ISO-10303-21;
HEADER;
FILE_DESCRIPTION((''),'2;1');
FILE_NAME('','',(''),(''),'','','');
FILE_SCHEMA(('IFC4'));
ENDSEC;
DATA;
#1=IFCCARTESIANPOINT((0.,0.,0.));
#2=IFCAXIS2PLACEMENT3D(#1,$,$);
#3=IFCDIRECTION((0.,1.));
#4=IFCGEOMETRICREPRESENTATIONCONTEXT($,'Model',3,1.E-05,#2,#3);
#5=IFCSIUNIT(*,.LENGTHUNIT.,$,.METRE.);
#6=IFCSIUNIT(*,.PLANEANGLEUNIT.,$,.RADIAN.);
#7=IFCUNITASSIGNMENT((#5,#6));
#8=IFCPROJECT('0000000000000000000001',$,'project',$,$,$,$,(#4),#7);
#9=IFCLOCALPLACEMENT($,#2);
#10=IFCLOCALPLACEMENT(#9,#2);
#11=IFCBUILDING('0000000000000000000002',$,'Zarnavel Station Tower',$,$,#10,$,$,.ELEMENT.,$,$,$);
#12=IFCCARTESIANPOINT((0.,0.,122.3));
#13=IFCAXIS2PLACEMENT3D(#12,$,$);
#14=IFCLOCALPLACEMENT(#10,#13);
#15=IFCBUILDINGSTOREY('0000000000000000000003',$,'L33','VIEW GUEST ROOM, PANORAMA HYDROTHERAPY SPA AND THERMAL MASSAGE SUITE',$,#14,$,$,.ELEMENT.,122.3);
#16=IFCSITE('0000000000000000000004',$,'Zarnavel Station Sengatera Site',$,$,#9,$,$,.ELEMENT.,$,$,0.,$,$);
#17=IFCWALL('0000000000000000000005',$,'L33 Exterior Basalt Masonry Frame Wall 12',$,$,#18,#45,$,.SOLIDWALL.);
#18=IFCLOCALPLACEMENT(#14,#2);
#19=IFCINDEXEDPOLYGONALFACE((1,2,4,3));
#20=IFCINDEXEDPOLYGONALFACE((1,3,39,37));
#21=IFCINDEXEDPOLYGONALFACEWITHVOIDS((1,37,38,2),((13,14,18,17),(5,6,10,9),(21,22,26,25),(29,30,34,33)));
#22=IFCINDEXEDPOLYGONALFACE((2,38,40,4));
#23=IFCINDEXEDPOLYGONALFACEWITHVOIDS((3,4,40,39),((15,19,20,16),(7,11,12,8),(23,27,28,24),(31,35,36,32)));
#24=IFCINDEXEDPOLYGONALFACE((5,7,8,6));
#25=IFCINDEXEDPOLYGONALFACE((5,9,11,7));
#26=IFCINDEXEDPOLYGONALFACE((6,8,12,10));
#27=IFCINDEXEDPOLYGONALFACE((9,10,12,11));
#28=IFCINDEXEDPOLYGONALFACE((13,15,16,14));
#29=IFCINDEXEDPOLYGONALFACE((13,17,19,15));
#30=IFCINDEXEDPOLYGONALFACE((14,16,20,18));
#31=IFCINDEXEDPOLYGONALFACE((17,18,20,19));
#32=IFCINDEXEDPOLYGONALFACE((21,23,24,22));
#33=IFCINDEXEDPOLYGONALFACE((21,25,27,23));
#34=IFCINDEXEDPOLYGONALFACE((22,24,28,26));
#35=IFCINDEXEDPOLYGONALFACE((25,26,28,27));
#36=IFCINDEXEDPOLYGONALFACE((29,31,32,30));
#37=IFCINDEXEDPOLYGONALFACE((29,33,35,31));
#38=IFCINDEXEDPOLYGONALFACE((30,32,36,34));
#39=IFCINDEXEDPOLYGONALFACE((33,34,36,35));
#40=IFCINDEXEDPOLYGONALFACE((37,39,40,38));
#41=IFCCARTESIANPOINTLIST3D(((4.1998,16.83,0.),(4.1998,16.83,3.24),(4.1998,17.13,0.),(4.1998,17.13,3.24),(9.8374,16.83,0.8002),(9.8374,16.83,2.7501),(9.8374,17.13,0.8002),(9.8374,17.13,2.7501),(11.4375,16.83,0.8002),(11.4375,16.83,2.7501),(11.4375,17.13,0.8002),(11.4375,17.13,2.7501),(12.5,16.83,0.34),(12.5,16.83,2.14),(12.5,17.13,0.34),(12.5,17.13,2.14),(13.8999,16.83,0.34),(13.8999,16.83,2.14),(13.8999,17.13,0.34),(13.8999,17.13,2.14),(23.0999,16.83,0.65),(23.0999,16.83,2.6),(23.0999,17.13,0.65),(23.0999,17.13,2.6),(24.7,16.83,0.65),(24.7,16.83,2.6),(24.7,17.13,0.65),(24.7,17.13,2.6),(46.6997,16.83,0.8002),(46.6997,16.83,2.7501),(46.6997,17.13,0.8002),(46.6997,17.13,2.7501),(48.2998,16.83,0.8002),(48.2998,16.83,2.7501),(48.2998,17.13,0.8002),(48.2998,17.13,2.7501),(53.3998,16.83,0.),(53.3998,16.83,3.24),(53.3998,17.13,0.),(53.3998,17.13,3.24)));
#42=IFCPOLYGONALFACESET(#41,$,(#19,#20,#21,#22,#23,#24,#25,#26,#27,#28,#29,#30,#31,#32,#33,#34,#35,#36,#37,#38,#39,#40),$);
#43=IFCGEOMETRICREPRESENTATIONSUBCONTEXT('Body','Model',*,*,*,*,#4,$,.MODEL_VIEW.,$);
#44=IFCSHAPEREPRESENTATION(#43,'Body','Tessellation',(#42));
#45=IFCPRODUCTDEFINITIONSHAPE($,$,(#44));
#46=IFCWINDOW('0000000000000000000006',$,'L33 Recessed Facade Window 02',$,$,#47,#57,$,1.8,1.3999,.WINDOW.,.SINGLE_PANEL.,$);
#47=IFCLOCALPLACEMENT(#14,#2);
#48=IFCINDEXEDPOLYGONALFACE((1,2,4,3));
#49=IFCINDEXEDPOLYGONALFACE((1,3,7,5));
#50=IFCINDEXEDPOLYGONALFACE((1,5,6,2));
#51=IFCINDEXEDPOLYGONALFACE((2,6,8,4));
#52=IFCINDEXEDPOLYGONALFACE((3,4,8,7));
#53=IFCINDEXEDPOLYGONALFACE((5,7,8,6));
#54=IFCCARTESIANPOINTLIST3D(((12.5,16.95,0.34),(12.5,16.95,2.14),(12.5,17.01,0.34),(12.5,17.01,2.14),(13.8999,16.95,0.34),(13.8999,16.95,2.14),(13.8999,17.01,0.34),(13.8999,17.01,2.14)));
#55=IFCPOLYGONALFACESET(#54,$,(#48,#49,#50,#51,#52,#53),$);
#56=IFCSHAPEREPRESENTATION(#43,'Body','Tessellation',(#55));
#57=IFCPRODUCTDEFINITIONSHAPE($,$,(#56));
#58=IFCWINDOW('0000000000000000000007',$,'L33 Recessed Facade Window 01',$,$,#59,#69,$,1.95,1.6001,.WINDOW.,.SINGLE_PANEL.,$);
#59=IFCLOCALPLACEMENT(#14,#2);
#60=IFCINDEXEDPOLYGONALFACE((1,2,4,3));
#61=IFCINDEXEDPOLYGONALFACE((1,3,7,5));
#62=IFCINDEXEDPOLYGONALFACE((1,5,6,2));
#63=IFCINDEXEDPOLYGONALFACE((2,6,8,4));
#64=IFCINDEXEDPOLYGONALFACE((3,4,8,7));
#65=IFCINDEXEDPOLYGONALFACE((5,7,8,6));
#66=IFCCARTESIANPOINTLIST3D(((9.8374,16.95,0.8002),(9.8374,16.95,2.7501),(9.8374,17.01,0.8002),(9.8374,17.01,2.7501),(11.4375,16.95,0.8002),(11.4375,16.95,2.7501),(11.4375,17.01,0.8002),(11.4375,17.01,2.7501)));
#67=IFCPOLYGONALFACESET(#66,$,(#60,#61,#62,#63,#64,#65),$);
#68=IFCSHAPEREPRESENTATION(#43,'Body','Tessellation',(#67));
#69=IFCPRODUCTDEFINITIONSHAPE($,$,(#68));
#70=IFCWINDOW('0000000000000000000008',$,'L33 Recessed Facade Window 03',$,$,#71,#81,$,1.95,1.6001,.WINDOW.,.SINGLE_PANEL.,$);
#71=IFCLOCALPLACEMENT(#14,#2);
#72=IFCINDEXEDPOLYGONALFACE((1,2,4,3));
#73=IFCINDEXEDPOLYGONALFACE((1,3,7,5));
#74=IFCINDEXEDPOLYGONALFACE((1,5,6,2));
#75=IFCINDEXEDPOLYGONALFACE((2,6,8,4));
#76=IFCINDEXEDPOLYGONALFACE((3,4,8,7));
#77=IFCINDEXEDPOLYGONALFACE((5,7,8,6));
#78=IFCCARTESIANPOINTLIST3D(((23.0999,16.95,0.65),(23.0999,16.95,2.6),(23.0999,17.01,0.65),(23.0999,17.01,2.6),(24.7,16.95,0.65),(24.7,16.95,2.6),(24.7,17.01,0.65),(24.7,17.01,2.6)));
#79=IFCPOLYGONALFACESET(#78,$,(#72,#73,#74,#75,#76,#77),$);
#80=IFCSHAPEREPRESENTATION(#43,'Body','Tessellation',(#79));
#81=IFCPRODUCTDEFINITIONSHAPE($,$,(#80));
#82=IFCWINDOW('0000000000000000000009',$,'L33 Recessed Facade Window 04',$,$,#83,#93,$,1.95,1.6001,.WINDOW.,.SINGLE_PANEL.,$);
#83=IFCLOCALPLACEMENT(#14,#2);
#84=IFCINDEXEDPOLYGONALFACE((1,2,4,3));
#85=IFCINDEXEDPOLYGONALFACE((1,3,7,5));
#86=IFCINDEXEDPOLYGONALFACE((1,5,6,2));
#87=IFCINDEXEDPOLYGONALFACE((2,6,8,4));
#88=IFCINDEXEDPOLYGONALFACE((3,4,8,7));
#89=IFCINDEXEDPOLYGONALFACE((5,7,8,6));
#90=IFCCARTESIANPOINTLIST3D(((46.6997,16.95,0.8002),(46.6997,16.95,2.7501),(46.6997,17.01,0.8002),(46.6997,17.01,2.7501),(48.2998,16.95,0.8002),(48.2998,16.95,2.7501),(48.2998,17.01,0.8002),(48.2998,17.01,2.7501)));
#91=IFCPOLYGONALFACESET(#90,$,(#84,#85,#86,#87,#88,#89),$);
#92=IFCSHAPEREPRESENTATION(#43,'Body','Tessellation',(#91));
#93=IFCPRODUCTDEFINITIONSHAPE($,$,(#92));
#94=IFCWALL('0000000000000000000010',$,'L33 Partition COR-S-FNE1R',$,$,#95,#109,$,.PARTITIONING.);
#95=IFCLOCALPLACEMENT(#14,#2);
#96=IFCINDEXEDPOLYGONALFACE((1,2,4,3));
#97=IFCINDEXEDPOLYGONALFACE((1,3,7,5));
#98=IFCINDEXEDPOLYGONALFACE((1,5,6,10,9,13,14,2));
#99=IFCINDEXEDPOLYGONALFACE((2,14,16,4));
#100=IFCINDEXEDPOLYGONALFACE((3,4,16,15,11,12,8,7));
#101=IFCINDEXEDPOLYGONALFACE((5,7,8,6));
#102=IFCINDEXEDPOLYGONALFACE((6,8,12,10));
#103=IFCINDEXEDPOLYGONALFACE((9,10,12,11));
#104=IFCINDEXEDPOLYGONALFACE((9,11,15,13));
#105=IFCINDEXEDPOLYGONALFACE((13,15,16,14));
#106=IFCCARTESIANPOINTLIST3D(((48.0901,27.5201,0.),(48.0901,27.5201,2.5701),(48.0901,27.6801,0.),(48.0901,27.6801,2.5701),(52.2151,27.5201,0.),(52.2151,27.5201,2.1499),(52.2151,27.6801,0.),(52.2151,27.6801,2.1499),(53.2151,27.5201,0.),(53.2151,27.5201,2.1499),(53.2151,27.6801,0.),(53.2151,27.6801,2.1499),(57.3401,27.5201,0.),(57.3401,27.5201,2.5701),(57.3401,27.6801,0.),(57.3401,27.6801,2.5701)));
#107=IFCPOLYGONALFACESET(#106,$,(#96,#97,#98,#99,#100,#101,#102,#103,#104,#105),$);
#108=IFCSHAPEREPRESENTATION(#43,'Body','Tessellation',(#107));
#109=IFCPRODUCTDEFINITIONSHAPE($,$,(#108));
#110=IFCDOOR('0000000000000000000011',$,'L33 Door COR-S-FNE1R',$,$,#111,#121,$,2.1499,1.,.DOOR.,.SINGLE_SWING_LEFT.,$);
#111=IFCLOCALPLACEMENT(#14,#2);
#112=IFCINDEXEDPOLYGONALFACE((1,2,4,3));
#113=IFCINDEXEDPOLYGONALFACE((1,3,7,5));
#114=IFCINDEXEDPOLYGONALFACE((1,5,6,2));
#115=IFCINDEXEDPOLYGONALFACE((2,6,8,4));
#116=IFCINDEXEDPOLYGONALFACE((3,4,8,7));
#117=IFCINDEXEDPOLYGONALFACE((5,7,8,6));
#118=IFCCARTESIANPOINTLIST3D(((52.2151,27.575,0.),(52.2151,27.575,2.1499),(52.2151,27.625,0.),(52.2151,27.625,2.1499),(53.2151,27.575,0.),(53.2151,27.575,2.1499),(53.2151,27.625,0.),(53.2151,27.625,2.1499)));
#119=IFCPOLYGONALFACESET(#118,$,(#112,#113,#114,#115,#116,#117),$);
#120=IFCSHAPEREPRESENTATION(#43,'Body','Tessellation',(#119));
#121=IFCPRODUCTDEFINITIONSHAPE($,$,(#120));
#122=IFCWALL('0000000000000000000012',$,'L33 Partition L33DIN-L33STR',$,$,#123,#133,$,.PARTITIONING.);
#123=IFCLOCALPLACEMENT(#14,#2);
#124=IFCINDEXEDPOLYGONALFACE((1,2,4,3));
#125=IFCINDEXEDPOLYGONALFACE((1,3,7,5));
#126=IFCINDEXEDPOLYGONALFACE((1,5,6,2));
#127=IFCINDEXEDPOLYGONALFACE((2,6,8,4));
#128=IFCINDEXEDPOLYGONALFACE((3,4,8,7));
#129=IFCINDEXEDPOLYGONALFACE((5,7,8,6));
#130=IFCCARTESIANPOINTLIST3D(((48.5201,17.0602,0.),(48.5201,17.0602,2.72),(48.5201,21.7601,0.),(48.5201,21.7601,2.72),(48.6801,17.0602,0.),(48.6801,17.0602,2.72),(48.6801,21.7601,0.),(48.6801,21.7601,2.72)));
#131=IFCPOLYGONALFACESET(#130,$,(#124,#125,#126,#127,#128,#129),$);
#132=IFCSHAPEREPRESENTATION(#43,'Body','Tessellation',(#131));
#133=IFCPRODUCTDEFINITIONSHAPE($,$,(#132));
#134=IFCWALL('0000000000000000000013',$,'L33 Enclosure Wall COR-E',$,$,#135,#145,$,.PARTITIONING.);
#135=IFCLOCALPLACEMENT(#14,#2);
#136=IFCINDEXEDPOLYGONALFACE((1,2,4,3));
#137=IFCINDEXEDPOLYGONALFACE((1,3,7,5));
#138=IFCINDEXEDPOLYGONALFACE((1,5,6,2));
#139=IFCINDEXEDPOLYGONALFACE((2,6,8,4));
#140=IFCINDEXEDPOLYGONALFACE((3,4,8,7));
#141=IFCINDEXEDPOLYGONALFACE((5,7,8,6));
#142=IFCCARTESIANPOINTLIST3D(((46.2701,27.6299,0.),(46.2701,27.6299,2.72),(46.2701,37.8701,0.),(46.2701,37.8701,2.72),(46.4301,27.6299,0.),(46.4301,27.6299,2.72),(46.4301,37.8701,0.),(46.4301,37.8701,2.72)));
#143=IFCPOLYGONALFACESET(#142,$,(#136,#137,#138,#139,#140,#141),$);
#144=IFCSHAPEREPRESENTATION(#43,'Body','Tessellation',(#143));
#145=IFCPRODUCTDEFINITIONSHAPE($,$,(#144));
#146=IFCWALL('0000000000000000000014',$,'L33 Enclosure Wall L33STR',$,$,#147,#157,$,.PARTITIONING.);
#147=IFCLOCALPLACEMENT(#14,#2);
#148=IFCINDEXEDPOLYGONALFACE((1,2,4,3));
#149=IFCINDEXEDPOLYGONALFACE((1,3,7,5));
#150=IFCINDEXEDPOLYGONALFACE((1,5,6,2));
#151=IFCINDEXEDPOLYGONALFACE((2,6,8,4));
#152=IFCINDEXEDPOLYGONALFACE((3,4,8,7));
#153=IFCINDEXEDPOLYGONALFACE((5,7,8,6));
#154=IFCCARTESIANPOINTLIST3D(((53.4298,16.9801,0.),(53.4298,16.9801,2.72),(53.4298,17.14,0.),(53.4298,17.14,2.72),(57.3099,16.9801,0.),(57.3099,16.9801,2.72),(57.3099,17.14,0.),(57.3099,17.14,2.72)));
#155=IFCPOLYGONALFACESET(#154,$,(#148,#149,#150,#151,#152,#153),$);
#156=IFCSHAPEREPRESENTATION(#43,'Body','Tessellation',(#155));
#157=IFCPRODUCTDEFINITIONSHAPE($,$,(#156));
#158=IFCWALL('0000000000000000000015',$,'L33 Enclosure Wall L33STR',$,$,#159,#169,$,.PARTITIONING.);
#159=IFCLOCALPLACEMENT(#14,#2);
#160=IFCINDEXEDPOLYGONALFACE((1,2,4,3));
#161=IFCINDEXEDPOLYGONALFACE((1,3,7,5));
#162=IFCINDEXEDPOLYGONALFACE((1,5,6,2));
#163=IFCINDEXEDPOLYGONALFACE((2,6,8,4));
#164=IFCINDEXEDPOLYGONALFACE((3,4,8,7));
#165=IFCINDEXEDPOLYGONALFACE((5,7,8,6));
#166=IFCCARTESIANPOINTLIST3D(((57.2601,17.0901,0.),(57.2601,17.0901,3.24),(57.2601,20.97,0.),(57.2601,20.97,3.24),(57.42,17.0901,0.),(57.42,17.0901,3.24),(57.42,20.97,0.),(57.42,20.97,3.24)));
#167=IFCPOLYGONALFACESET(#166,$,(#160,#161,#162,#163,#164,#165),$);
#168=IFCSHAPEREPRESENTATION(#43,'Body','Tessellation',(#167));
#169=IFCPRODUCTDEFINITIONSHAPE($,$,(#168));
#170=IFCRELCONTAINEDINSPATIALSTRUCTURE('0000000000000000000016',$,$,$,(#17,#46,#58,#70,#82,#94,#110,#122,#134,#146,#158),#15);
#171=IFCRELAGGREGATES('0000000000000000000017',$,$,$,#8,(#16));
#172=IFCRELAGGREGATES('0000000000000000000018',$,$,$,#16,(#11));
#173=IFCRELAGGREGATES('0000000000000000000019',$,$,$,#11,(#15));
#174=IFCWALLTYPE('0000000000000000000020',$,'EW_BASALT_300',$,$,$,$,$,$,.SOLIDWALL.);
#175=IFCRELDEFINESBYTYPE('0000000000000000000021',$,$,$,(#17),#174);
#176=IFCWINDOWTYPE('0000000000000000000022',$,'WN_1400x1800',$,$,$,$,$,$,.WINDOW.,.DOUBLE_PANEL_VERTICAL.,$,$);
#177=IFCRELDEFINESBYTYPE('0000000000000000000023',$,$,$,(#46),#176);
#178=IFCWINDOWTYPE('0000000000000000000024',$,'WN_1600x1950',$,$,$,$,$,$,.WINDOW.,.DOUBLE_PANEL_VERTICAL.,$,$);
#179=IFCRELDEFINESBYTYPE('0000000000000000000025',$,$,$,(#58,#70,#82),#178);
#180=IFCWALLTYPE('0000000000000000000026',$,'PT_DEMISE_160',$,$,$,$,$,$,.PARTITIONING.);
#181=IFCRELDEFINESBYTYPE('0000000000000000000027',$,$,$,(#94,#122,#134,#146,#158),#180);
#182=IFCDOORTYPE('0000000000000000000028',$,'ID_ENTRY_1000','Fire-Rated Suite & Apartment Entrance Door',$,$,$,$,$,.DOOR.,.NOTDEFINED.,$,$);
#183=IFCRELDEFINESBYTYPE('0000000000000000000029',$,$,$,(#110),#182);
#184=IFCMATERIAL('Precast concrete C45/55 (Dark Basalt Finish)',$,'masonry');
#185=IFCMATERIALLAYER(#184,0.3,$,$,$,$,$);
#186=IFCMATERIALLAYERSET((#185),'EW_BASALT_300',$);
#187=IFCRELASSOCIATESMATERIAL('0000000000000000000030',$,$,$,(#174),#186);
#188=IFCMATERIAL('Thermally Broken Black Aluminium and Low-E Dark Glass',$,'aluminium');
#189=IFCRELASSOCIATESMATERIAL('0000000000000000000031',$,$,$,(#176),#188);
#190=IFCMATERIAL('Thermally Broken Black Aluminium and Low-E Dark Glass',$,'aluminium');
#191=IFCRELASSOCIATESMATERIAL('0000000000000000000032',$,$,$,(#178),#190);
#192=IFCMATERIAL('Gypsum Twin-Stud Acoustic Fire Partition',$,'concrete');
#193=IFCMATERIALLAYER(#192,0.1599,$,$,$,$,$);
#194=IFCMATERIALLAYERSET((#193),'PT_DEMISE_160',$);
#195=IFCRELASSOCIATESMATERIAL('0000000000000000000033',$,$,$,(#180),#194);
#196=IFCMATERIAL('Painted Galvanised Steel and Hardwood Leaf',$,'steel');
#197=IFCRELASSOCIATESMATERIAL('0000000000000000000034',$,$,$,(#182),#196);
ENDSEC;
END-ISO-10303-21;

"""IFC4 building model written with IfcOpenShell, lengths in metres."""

from ifc_helpers import new_model, si_unit, direction, frame, frame_2d, origin, place, context, subcontext, project, spatial, rectangle, extrude, material, layer, layer_set, type_object, element, fill, save


model = new_model("IFC4")

# Units and contexts
model_context = context("Model", 3, precision=1e-05, world=origin(), true_north=direction((0.0, 1.0)))
body_context = subcontext(model_context, "Body", "Model", "MODEL_VIEW")
ifc_project = project(units=[si_unit("LENGTHUNIT", "METRE"), si_unit("PLANEANGLEUNIT", "RADIAN")], contexts=[model_context])

# Site, building, storey
site_placement = place(None, origin())
site = spatial("IfcSite", under=ifc_project, at=site_placement, Name="Zarnavel Station Sengatera Site", CompositionType="ELEMENT", RefElevation=0.0)
building_placement = place(site_placement, origin())
building = spatial("IfcBuilding", under=site, at=building_placement, Name="Zarnavel Station Tower", CompositionType="ELEMENT")
storey_placement = place(building_placement, frame((0.0, 0.0, 122.3)))
storey = spatial("IfcBuildingStorey", under=building, at=storey_placement, Name="L33", Description="VIEW GUEST ROOM, PANORAMA HYDROTHERAPY SPA AND THERMAL MASSAGE SUITE", CompositionType="ELEMENT", Elevation=122.3)

# Shared definitions
ifc_material_1 = material(Name="Precast concrete C45/55 (Dark Basalt Finish)", Category="masonry")
ifc_layer_1 = layer(ifc_material_1, 0.3)
ifc_layer_set_1 = layer_set([ifc_layer_1], Name="EW_BASALT_300")
wall_type_1 = type_object("IfcWallType", Name="EW_BASALT_300", PredefinedType="SOLIDWALL", material=ifc_layer_set_1)

# Wall, openings, windows
wall_1_placement = place(storey_placement, frame((53.3999, 16.98, 0.0), z_axis=(0.0, 0.0, 1.0), x_axis=(-1.0, 0.0, 0.0)))
wall_1 = element("IfcWall", 1, at=wall_1_placement, inside=storey, type_object=wall_type_1, Name="L33 Exterior Basalt Masonry Frame Wall 12", PredefinedType="SOLIDWALL", context=body_context, shape_type="SweptSolid", body=[
    extrude(rectangle(XDim=49.2, YDim=0.3, at=frame_2d((24.6001, 0.0))), origin(), (0.0, 0.0, 1.0), 3.24),
])
opening_1_placement = place(wall_1_placement, frame((41.9624, 0.0, 0.8)))
opening_1 = element("IfcOpeningElement", 2, at=opening_1_placement, cuts=wall_1, PredefinedType="OPENING", context=body_context, shape_type="SweptSolid", body=[
    extrude(rectangle(XDim=1.6001, YDim=1.95, at=frame_2d((0.8, 0.9751))), frame((0.0, 0.1599, 0.0), z_axis=(0.0, -1.0, 0.0), x_axis=(1.0, 0.0, 0.0)), (0.0, 0.0, 1.0), 0.3201),
])
opening_2_placement = place(wall_1_placement, frame((39.5, 0.0, 0.3401)))
opening_2 = element("IfcOpeningElement", 3, at=opening_2_placement, cuts=wall_1, PredefinedType="OPENING", context=body_context, shape_type="SweptSolid", body=[
    extrude(rectangle(XDim=1.3999, YDim=1.8, at=frame_2d((0.7, 0.8999))), frame((0.0, 0.1599, 0.0), z_axis=(0.0, -1.0, 0.0), x_axis=(1.0, 0.0, 0.0)), (0.0, 0.0, 1.0), 0.3201),
])
opening_3_placement = place(wall_1_placement, frame((28.7, 0.0, 0.6499)))
opening_3 = element("IfcOpeningElement", 4, at=opening_3_placement, cuts=wall_1, PredefinedType="OPENING", context=body_context, shape_type="SweptSolid", body=[
    extrude(rectangle(XDim=1.6001, YDim=1.95, at=frame_2d((0.8, 0.9751))), frame((0.0, 0.1599, 0.0), z_axis=(0.0, -1.0, 0.0), x_axis=(1.0, 0.0, 0.0)), (0.0, 0.0, 1.0), 0.3201),
])
opening_4_placement = place(wall_1_placement, frame((5.1001, 0.0, 0.8)))
opening_4 = element("IfcOpeningElement", 5, at=opening_4_placement, cuts=wall_1, PredefinedType="OPENING", context=body_context, shape_type="SweptSolid", body=[
    extrude(rectangle(XDim=1.6001, YDim=1.95, at=frame_2d((0.8, 0.9751))), frame((0.0, 0.1599, 0.0), z_axis=(0.0, -1.0, 0.0), x_axis=(1.0, 0.0, 0.0)), (0.0, 0.0, 1.0), 0.3201),
])
ifc_material_2 = material(Name="Thermally Broken Black Aluminium and Low-E Dark Glass", Category="aluminium")
window_type_1 = type_object("IfcWindowType", Name="WN_1400x1800", PartitioningType="DOUBLE_PANEL_VERTICAL", PredefinedType="WINDOW", material=ifc_material_2)
window_1_placement = place(opening_2_placement, origin())
window_1 = element("IfcWindow", 6, at=window_1_placement, inside=storey, type_object=window_type_1, Name="L33 Recessed Facade Window 02", OverallHeight=1.8, OverallWidth=1.3999, PartitioningType="SINGLE_PANEL", PredefinedType="WINDOW", context=body_context, shape_type="SweptSolid", body=[
    extrude(rectangle(XDim=1.3999, YDim=1.8, at=frame_2d((0.7, 0.8999))), frame((0.0, 0.03, 0.0), z_axis=(0.0, -1.0, 0.0), x_axis=(1.0, 0.0, 0.0)), (0.0, 0.0, 1.0), 0.0601),
])
fill(opening_2, window_1)
ifc_material_3 = material(Name="Thermally Broken Black Aluminium and Low-E Dark Glass", Category="aluminium")
window_type_2 = type_object("IfcWindowType", Name="WN_1600x1950", PartitioningType="DOUBLE_PANEL_VERTICAL", PredefinedType="WINDOW", material=ifc_material_3)
window_2_placement = place(opening_1_placement, origin())
window_2 = element("IfcWindow", 7, at=window_2_placement, inside=storey, type_object=window_type_2, Name="L33 Recessed Facade Window 01", OverallHeight=1.95, OverallWidth=1.6001, PartitioningType="SINGLE_PANEL", PredefinedType="WINDOW", context=body_context, shape_type="SweptSolid", body=[
    extrude(rectangle(XDim=1.6001, YDim=1.95, at=frame_2d((0.8, 0.9751))), frame((0.0, 0.03, 0.0), z_axis=(0.0, -1.0, 0.0), x_axis=(1.0, 0.0, 0.0)), (0.0, 0.0, 1.0), 0.0601),
])
fill(opening_1, window_2)
window_3_placement = place(opening_3_placement, origin())
window_3 = element("IfcWindow", 8, at=window_3_placement, inside=storey, type_object=window_type_2, Name="L33 Recessed Facade Window 03", OverallHeight=1.95, OverallWidth=1.6001, PartitioningType="SINGLE_PANEL", PredefinedType="WINDOW", context=body_context, shape_type="SweptSolid", body=[
    extrude(rectangle(XDim=1.6001, YDim=1.95, at=frame_2d((0.8, 0.9751))), frame((0.0, 0.03, 0.0), z_axis=(0.0, -1.0, 0.0), x_axis=(1.0, 0.0, 0.0)), (0.0, 0.0, 1.0), 0.0601),
])
fill(opening_3, window_3)
window_4_placement = place(opening_4_placement, origin())
window_4 = element("IfcWindow", 9, at=window_4_placement, inside=storey, type_object=window_type_2, Name="L33 Recessed Facade Window 04", OverallHeight=1.95, OverallWidth=1.6001, PartitioningType="SINGLE_PANEL", PredefinedType="WINDOW", context=body_context, shape_type="SweptSolid", body=[
    extrude(rectangle(XDim=1.6001, YDim=1.95, at=frame_2d((0.8, 0.9751))), frame((0.0, 0.03, 0.0), z_axis=(0.0, -1.0, 0.0), x_axis=(1.0, 0.0, 0.0)), (0.0, 0.0, 1.0), 0.0601),
])
fill(opening_4, window_4)

# Wall, opening, door
ifc_material_4 = material(Name="Gypsum Twin-Stud Acoustic Fire Partition", Category="concrete")
ifc_layer_2 = layer(ifc_material_4, 0.1599)
ifc_layer_set_2 = layer_set([ifc_layer_2], Name="PT_DEMISE_160")
wall_type_2 = type_object("IfcWallType", Name="PT_DEMISE_160", PredefinedType="PARTITIONING", material=ifc_layer_set_2)
wall_2_placement = place(storey_placement, frame((48.0901, 27.6001, 0.0), z_axis=(0.0, 0.0, 1.0), x_axis=(1.0, 0.0, 0.0)))
wall_2 = element("IfcWall", 10, at=wall_2_placement, inside=storey, type_object=wall_type_2, Name="L33 Partition COR-S-FNE1R", PredefinedType="PARTITIONING", context=body_context, shape_type="SweptSolid", body=[
    extrude(rectangle(XDim=9.25, YDim=0.1599, at=frame_2d((4.625, 0.0))), origin(), (0.0, 0.0, 1.0), 2.5701),
])
opening_5_placement = place(wall_2_placement, frame((4.125, 0.0, 0.0)))
opening_5 = element("IfcOpeningElement", 11, at=opening_5_placement, cuts=wall_2, PredefinedType="OPENING", context=body_context, shape_type="SweptSolid", body=[
    extrude(rectangle(XDim=1.0, YDim=2.1499, at=frame_2d((0.5, 1.075))), frame((0.0, 0.0898, 0.0), z_axis=(0.0, -1.0, 0.0), x_axis=(1.0, 0.0, 0.0)), (0.0, 0.0, 1.0), 0.1799),
])
ifc_material_5 = material(Name="Painted Galvanised Steel and Hardwood Leaf", Category="steel")
door_type = type_object("IfcDoorType", Name="ID_ENTRY_1000", Description="Fire-Rated Suite & Apartment Entrance Door", OperationType="NOTDEFINED", PredefinedType="DOOR", material=ifc_material_5)
door_1_placement = place(opening_5_placement, origin())
door_1 = element("IfcDoor", 12, at=door_1_placement, inside=storey, type_object=door_type, Name="L33 Door COR-S-FNE1R", OperationType="SINGLE_SWING_LEFT", OverallHeight=2.1499, OverallWidth=1.0, PredefinedType="DOOR", context=body_context, shape_type="SweptSolid", body=[
    extrude(rectangle(XDim=1.0, YDim=2.1499, at=frame_2d((0.5, 1.075))), frame((0.0, 0.0249, 0.0), z_axis=(0.0, -1.0, 0.0), x_axis=(1.0, 0.0, 0.0)), (0.0, 0.0, 1.0), 0.05),
])
fill(opening_5, door_1)

# Walls
wall_3_placement = place(storey_placement, frame((48.6001, 17.0601, 0.0), z_axis=(0.0, 0.0, 1.0), x_axis=(0.0, 1.0, 0.0)))
element("IfcWall", 13, at=wall_3_placement, inside=storey, type_object=wall_type_2, Name="L33 Partition L33DIN-L33STR", PredefinedType="PARTITIONING", context=body_context, shape_type="SweptSolid", body=[
    extrude(rectangle(XDim=4.7, YDim=0.1599, at=frame_2d((2.3501, 0.0))), origin(), (0.0, 0.0, 1.0), 2.72),
])
wall_4_placement = place(storey_placement, frame((46.3501, 27.6299, 0.0), z_axis=(0.0, 0.0, 1.0), x_axis=(0.0, 1.0, 0.0)))
element("IfcWall", 14, at=wall_4_placement, inside=storey, type_object=wall_type_2, Name="L33 Enclosure Wall COR-E", PredefinedType="PARTITIONING", context=body_context, shape_type="SweptSolid", body=[
    extrude(rectangle(XDim=10.2402, YDim=0.1599, at=frame_2d((5.1201, 0.0))), origin(), (0.0, 0.0, 1.0), 2.72),
])
wall_5_placement = place(storey_placement, frame((53.4299, 17.0601, 0.0), z_axis=(0.0, 0.0, 1.0), x_axis=(1.0, 0.0, 0.0)))
element("IfcWall", 15, at=wall_5_placement, inside=storey, type_object=wall_type_2, Name="L33 Enclosure Wall L33STR", PredefinedType="PARTITIONING", context=body_context, shape_type="SweptSolid", body=[
    extrude(rectangle(XDim=3.8801, YDim=0.1599, at=frame_2d((1.9399, 0.0))), origin(), (0.0, 0.0, 1.0), 2.72),
])
wall_6_placement = place(storey_placement, frame((57.3401, 17.0901, 0.0), z_axis=(0.0, 0.0, 1.0), x_axis=(0.0, 1.0, 0.0)))
element("IfcWall", 16, at=wall_6_placement, inside=storey, type_object=wall_type_2, Name="L33 Enclosure Wall L33STR", PredefinedType="PARTITIONING", context=body_context, shape_type="SweptSolid", body=[
    extrude(rectangle(XDim=3.8799, YDim=0.1599, at=frame_2d((1.9399, 0.0))), origin(), (0.0, 0.0, 1.0), 3.24),
])

save(model, "model.ifc")
